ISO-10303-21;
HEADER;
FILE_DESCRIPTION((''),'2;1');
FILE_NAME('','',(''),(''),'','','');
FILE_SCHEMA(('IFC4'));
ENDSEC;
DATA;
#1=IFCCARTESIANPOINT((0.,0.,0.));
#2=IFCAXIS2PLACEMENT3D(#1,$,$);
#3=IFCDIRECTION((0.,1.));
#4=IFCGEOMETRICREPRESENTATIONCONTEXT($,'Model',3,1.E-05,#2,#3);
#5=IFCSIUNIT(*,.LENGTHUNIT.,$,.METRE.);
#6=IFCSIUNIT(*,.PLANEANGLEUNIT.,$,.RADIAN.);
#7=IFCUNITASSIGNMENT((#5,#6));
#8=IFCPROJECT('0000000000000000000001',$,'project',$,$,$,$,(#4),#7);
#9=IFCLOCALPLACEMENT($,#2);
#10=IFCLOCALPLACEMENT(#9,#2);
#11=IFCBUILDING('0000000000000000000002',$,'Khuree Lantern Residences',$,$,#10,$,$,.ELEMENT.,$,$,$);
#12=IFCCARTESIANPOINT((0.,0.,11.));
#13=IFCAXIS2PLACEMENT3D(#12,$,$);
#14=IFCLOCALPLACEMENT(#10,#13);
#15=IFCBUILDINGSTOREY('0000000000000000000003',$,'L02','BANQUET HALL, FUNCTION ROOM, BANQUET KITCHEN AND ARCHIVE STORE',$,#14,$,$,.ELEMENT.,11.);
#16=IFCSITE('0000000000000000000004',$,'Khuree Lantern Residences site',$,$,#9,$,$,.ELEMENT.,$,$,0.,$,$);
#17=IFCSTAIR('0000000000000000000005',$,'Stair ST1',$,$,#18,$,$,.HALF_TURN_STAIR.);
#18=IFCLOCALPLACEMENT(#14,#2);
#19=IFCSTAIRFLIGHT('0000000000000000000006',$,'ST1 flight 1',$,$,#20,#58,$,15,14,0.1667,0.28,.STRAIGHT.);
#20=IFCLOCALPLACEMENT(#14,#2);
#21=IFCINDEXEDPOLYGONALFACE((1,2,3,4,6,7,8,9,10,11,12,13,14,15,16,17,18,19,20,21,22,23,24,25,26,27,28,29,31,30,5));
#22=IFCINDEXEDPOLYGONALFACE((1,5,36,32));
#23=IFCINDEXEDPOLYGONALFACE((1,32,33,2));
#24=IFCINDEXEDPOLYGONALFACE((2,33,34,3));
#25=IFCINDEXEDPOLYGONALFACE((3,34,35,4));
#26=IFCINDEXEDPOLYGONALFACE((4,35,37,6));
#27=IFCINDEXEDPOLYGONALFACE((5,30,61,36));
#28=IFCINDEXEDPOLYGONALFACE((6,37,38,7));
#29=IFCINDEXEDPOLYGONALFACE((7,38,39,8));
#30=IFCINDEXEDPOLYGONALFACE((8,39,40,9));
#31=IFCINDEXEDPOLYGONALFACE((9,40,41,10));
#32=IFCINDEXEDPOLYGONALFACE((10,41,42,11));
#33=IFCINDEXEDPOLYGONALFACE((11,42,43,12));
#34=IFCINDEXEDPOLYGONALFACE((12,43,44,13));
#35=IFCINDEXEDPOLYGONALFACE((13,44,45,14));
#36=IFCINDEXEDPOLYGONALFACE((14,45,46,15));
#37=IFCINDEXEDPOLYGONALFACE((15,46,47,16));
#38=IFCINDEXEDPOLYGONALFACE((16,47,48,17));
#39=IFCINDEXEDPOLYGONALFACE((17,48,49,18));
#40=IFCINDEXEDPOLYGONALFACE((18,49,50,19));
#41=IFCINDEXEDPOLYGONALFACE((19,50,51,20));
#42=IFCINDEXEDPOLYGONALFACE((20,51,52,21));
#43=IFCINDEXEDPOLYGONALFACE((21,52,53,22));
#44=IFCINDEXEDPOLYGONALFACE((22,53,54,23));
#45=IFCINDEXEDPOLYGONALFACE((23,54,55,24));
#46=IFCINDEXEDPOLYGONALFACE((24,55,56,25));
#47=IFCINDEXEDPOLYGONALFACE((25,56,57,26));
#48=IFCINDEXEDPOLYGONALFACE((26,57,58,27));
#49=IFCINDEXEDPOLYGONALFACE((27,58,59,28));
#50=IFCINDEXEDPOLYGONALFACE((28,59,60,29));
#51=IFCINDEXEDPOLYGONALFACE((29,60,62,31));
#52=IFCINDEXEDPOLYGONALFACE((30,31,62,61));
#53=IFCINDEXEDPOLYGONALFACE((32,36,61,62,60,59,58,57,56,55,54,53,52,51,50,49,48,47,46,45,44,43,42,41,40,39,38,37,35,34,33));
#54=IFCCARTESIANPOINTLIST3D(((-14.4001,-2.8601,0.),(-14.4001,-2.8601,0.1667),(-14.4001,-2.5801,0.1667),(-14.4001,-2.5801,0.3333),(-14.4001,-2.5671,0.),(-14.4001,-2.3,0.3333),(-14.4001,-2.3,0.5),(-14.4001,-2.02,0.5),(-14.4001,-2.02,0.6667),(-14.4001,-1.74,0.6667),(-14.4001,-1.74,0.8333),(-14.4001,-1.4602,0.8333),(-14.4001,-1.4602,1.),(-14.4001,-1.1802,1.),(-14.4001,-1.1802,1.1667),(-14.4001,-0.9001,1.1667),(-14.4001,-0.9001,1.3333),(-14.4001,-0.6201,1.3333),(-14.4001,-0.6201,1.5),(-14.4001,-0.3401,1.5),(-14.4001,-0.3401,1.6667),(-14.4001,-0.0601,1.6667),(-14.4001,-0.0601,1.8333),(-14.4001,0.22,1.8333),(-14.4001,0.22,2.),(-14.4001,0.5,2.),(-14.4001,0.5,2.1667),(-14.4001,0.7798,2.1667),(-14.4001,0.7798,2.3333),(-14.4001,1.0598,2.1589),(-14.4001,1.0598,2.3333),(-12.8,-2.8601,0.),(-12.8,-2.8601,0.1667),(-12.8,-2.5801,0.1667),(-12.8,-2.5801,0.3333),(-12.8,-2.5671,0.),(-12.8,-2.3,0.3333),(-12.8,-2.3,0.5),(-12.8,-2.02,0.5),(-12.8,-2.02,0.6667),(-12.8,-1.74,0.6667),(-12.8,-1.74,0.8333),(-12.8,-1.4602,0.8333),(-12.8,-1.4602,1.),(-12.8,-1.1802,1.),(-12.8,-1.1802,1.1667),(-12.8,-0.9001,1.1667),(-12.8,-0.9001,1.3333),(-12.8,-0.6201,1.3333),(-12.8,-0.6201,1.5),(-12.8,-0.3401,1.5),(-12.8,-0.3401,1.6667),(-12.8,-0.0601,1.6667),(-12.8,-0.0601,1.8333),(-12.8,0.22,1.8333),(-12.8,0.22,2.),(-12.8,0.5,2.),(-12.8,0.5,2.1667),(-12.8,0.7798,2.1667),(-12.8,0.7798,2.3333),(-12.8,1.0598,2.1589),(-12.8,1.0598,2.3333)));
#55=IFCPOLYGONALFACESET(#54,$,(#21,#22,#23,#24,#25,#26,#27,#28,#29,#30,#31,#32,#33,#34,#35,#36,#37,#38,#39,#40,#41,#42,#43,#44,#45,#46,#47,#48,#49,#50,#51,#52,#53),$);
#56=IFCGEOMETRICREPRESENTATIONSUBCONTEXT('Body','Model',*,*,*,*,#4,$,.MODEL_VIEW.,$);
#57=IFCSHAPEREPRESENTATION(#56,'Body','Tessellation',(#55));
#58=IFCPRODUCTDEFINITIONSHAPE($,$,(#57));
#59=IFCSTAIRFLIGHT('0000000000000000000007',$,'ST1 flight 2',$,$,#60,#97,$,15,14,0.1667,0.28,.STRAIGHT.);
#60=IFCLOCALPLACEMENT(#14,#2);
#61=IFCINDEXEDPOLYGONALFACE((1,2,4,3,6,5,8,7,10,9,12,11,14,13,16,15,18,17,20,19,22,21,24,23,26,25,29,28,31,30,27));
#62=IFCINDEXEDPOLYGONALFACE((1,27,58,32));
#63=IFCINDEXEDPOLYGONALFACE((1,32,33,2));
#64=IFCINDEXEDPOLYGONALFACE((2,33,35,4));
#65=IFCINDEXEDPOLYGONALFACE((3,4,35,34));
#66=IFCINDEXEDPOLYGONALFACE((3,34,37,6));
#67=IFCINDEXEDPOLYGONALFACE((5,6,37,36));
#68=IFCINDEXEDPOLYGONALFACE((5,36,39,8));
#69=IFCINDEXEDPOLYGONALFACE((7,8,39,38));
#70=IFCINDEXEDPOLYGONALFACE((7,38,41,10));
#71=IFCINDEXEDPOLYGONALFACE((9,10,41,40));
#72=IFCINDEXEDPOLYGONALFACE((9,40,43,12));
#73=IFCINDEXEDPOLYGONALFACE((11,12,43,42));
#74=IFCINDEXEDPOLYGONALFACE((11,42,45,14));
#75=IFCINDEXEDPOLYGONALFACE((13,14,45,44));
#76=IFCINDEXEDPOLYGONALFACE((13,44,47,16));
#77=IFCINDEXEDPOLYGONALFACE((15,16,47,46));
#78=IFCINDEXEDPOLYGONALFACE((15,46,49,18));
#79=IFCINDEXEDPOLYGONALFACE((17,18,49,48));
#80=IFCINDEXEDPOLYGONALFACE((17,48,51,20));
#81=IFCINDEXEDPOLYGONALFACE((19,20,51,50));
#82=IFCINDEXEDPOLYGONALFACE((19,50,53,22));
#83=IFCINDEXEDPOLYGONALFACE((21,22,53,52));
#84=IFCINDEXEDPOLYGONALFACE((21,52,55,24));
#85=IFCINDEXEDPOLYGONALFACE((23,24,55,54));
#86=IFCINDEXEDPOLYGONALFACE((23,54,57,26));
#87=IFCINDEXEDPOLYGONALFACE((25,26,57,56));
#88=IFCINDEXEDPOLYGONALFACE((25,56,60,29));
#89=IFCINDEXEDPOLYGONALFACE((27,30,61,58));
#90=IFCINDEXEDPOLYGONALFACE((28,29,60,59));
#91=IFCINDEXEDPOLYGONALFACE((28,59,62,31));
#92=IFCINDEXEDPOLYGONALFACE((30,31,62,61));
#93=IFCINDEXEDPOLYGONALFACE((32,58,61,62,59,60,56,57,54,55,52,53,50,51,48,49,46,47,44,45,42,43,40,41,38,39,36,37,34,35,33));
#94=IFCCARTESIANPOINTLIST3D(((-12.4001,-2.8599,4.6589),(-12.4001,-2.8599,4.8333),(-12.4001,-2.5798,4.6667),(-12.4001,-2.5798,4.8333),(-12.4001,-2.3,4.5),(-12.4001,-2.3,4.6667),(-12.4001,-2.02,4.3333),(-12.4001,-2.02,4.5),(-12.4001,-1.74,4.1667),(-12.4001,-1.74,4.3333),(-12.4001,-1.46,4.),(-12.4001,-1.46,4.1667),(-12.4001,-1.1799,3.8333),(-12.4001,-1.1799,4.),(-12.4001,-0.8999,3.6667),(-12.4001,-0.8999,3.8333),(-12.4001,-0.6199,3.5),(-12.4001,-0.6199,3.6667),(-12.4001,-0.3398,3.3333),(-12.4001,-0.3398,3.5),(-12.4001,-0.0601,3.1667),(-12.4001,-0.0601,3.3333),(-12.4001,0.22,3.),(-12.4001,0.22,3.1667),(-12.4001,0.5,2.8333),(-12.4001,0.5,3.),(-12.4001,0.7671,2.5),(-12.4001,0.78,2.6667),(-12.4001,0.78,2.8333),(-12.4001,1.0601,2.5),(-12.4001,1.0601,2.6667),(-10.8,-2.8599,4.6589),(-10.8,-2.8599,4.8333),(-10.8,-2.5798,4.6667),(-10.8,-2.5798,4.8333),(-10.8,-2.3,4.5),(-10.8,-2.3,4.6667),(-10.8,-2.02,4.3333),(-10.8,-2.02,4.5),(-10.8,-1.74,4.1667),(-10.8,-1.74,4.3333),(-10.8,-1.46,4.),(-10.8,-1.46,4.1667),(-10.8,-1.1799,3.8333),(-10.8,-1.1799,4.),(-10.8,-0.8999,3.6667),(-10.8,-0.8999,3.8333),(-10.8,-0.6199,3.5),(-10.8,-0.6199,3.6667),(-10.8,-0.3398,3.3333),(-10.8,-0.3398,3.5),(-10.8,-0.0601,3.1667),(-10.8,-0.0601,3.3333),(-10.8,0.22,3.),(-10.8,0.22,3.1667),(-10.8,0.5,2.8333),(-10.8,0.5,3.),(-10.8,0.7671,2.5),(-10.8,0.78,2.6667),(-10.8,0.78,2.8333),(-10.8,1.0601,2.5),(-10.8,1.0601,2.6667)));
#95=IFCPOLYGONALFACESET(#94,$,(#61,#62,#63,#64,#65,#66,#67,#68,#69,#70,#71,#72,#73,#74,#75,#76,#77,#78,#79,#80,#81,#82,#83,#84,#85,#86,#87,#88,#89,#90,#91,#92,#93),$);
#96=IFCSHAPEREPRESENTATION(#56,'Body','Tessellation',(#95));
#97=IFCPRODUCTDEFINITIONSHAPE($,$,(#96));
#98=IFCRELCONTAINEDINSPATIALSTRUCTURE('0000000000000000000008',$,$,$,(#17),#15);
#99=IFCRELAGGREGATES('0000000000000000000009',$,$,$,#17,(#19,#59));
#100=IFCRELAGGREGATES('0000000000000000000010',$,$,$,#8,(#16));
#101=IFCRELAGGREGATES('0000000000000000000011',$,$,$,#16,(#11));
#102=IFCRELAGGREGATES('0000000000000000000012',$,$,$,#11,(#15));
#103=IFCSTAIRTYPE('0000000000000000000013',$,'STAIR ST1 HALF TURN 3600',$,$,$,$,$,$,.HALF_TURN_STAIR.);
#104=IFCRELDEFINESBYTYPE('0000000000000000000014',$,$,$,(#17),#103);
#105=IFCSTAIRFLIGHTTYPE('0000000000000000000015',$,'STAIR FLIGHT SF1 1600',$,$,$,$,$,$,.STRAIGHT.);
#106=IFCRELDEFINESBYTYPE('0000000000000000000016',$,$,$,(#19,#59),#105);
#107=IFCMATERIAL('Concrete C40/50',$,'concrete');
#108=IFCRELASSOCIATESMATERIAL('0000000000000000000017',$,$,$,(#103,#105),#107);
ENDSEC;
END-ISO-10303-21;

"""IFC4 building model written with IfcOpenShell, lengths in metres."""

from ifc_helpers import new_model, si_unit, direction, frame, origin, place, context, subcontext, project, spatial, polyline, outline, extrude, material, type_object, element, aggregate, save


model = new_model("IFC4")

# Units and contexts
model_context = context("Model", 3, precision=1e-05, world=origin(), true_north=direction((0.0, 1.0)))
body_context = subcontext(model_context, "Body", "Model", "MODEL_VIEW")
ifc_project = project(units=[si_unit("LENGTHUNIT", "METRE"), si_unit("PLANEANGLEUNIT", "RADIAN")], contexts=[model_context])

# Site, building, storey
site_placement = place(None, origin())
site = spatial("IfcSite", under=ifc_project, at=site_placement, Name="Khuree Lantern Residences site", CompositionType="ELEMENT", RefElevation=0.0)
building_placement = place(site_placement, origin())
building = spatial("IfcBuilding", under=site, at=building_placement, Name="Khuree Lantern Residences", CompositionType="ELEMENT")
storey_placement = place(building_placement, frame((0.0, 0.0, 11.0)))
storey = spatial("IfcBuildingStorey", under=building, at=storey_placement, Name="L02", Description="BANQUET HALL, FUNCTION ROOM, BANQUET KITCHEN AND ARCHIVE STORE", CompositionType="ELEMENT", Elevation=11.0)

# Stair, stair flights
ifc_material_1 = material(Name="Concrete C40/50", Category="concrete")
stair_type = type_object("IfcStairType", Name="STAIR ST1 HALF TURN 3600", PredefinedType="HALF_TURN_STAIR", material=ifc_material_1)
stair_placement = place(storey_placement, origin())
stair = element("IfcStair", 1, at=stair_placement, inside=storey, type_object=stair_type, Name="Stair ST1", PredefinedType="HALF_TURN_STAIR")
stair_flight_type = type_object("IfcStairFlightType", Name="STAIR FLIGHT SF1 1600", PredefinedType="STRAIGHT", material=ifc_material_1)
stair_flight_1_placement = place(storey_placement, frame((-13.6001, -2.8601, 0.0), z_axis=(0.0, 0.0, 1.0), x_axis=(0.0, 1.0, 0.0)))
stair_flight_1 = element("IfcStairFlight", 2, at=stair_flight_1_placement, type_object=stair_flight_type, Name="ST1 flight 1", NumberOfRisers=15, NumberOfTreads=14, PredefinedType="STRAIGHT", RiserHeight=0.1667, TreadLength=0.28, context=body_context, shape_type="SweptSolid", body=[
    extrude(outline(polyline([(0.0, 0.0), (0.0, 0.1667), (0.28, 0.1667), (0.28, 0.3333), (0.5601, 0.3333), (0.5601, 0.5), (0.8401, 0.5), (0.8401, 0.6667), (1.1201, 0.6667), (1.1201, 0.8333), (1.3999, 0.8333), (1.3999, 1.0), (1.6799, 1.0), (1.6799, 1.1667), (1.96, 1.1667), (1.96, 1.3333), (2.24, 1.3333), (2.24, 1.5), (2.52, 1.5), (2.52, 1.6667), (2.8, 1.6667), (2.8, 1.8333), (3.0801, 1.8333), (3.0801, 2.0), (3.3601, 2.0), (3.3601, 2.1667), (3.6399, 2.1667), (3.6399, 2.3333), (3.9199, 2.3333), (3.9199, 2.5), (3.9199, 2.1589), (0.293, 0.0), (0.0, 0.0)])), frame((0.0, 0.8, 0.0), z_axis=(0.0, -1.0, 0.0), x_axis=(1.0, 0.0, 0.0)), (0.0, 0.0, 1.0), 1.6001),
])
stair_flight_2_placement = place(storey_placement, frame((-11.6001, 1.0601, 2.5), z_axis=(0.0, 0.0, 1.0), x_axis=(0.0, -1.0, 0.0)))
stair_flight_2 = element("IfcStairFlight", 3, at=stair_flight_2_placement, type_object=stair_flight_type, Name="ST1 flight 2", NumberOfRisers=15, NumberOfTreads=14, PredefinedType="STRAIGHT", RiserHeight=0.1667, TreadLength=0.28, context=body_context, shape_type="SweptSolid", body=[
    extrude(outline(polyline([(0.0, 0.0), (0.0, 0.1667), (0.28, 0.1667), (0.28, 0.3333), (0.5601, 0.3333), (0.5601, 0.5), (0.8401, 0.5), (0.8401, 0.6667), (1.1201, 0.6667), (1.1201, 0.8333), (1.3999, 0.8333), (1.3999, 1.0), (1.6799, 1.0), (1.6799, 1.1667), (1.96, 1.1667), (1.96, 1.3333), (2.24, 1.3333), (2.24, 1.5), (2.52, 1.5), (2.52, 1.6667), (2.8, 1.6667), (2.8, 1.8333), (3.0801, 1.8333), (3.0801, 2.0), (3.3601, 2.0), (3.3601, 2.1667), (3.6399, 2.1667), (3.6399, 2.3333), (3.9199, 2.3333), (3.9199, 2.5), (3.9199, 2.1589), (0.293, 0.0), (0.0, 0.0)])), frame((0.0, 0.8, 0.0), z_axis=(0.0, -1.0, 0.0), x_axis=(1.0, 0.0, 0.0)), (0.0, 0.0, 1.0), 1.6001),
])
aggregate(stair, [stair_flight_1, stair_flight_2])

save(model, "model.ifc")
